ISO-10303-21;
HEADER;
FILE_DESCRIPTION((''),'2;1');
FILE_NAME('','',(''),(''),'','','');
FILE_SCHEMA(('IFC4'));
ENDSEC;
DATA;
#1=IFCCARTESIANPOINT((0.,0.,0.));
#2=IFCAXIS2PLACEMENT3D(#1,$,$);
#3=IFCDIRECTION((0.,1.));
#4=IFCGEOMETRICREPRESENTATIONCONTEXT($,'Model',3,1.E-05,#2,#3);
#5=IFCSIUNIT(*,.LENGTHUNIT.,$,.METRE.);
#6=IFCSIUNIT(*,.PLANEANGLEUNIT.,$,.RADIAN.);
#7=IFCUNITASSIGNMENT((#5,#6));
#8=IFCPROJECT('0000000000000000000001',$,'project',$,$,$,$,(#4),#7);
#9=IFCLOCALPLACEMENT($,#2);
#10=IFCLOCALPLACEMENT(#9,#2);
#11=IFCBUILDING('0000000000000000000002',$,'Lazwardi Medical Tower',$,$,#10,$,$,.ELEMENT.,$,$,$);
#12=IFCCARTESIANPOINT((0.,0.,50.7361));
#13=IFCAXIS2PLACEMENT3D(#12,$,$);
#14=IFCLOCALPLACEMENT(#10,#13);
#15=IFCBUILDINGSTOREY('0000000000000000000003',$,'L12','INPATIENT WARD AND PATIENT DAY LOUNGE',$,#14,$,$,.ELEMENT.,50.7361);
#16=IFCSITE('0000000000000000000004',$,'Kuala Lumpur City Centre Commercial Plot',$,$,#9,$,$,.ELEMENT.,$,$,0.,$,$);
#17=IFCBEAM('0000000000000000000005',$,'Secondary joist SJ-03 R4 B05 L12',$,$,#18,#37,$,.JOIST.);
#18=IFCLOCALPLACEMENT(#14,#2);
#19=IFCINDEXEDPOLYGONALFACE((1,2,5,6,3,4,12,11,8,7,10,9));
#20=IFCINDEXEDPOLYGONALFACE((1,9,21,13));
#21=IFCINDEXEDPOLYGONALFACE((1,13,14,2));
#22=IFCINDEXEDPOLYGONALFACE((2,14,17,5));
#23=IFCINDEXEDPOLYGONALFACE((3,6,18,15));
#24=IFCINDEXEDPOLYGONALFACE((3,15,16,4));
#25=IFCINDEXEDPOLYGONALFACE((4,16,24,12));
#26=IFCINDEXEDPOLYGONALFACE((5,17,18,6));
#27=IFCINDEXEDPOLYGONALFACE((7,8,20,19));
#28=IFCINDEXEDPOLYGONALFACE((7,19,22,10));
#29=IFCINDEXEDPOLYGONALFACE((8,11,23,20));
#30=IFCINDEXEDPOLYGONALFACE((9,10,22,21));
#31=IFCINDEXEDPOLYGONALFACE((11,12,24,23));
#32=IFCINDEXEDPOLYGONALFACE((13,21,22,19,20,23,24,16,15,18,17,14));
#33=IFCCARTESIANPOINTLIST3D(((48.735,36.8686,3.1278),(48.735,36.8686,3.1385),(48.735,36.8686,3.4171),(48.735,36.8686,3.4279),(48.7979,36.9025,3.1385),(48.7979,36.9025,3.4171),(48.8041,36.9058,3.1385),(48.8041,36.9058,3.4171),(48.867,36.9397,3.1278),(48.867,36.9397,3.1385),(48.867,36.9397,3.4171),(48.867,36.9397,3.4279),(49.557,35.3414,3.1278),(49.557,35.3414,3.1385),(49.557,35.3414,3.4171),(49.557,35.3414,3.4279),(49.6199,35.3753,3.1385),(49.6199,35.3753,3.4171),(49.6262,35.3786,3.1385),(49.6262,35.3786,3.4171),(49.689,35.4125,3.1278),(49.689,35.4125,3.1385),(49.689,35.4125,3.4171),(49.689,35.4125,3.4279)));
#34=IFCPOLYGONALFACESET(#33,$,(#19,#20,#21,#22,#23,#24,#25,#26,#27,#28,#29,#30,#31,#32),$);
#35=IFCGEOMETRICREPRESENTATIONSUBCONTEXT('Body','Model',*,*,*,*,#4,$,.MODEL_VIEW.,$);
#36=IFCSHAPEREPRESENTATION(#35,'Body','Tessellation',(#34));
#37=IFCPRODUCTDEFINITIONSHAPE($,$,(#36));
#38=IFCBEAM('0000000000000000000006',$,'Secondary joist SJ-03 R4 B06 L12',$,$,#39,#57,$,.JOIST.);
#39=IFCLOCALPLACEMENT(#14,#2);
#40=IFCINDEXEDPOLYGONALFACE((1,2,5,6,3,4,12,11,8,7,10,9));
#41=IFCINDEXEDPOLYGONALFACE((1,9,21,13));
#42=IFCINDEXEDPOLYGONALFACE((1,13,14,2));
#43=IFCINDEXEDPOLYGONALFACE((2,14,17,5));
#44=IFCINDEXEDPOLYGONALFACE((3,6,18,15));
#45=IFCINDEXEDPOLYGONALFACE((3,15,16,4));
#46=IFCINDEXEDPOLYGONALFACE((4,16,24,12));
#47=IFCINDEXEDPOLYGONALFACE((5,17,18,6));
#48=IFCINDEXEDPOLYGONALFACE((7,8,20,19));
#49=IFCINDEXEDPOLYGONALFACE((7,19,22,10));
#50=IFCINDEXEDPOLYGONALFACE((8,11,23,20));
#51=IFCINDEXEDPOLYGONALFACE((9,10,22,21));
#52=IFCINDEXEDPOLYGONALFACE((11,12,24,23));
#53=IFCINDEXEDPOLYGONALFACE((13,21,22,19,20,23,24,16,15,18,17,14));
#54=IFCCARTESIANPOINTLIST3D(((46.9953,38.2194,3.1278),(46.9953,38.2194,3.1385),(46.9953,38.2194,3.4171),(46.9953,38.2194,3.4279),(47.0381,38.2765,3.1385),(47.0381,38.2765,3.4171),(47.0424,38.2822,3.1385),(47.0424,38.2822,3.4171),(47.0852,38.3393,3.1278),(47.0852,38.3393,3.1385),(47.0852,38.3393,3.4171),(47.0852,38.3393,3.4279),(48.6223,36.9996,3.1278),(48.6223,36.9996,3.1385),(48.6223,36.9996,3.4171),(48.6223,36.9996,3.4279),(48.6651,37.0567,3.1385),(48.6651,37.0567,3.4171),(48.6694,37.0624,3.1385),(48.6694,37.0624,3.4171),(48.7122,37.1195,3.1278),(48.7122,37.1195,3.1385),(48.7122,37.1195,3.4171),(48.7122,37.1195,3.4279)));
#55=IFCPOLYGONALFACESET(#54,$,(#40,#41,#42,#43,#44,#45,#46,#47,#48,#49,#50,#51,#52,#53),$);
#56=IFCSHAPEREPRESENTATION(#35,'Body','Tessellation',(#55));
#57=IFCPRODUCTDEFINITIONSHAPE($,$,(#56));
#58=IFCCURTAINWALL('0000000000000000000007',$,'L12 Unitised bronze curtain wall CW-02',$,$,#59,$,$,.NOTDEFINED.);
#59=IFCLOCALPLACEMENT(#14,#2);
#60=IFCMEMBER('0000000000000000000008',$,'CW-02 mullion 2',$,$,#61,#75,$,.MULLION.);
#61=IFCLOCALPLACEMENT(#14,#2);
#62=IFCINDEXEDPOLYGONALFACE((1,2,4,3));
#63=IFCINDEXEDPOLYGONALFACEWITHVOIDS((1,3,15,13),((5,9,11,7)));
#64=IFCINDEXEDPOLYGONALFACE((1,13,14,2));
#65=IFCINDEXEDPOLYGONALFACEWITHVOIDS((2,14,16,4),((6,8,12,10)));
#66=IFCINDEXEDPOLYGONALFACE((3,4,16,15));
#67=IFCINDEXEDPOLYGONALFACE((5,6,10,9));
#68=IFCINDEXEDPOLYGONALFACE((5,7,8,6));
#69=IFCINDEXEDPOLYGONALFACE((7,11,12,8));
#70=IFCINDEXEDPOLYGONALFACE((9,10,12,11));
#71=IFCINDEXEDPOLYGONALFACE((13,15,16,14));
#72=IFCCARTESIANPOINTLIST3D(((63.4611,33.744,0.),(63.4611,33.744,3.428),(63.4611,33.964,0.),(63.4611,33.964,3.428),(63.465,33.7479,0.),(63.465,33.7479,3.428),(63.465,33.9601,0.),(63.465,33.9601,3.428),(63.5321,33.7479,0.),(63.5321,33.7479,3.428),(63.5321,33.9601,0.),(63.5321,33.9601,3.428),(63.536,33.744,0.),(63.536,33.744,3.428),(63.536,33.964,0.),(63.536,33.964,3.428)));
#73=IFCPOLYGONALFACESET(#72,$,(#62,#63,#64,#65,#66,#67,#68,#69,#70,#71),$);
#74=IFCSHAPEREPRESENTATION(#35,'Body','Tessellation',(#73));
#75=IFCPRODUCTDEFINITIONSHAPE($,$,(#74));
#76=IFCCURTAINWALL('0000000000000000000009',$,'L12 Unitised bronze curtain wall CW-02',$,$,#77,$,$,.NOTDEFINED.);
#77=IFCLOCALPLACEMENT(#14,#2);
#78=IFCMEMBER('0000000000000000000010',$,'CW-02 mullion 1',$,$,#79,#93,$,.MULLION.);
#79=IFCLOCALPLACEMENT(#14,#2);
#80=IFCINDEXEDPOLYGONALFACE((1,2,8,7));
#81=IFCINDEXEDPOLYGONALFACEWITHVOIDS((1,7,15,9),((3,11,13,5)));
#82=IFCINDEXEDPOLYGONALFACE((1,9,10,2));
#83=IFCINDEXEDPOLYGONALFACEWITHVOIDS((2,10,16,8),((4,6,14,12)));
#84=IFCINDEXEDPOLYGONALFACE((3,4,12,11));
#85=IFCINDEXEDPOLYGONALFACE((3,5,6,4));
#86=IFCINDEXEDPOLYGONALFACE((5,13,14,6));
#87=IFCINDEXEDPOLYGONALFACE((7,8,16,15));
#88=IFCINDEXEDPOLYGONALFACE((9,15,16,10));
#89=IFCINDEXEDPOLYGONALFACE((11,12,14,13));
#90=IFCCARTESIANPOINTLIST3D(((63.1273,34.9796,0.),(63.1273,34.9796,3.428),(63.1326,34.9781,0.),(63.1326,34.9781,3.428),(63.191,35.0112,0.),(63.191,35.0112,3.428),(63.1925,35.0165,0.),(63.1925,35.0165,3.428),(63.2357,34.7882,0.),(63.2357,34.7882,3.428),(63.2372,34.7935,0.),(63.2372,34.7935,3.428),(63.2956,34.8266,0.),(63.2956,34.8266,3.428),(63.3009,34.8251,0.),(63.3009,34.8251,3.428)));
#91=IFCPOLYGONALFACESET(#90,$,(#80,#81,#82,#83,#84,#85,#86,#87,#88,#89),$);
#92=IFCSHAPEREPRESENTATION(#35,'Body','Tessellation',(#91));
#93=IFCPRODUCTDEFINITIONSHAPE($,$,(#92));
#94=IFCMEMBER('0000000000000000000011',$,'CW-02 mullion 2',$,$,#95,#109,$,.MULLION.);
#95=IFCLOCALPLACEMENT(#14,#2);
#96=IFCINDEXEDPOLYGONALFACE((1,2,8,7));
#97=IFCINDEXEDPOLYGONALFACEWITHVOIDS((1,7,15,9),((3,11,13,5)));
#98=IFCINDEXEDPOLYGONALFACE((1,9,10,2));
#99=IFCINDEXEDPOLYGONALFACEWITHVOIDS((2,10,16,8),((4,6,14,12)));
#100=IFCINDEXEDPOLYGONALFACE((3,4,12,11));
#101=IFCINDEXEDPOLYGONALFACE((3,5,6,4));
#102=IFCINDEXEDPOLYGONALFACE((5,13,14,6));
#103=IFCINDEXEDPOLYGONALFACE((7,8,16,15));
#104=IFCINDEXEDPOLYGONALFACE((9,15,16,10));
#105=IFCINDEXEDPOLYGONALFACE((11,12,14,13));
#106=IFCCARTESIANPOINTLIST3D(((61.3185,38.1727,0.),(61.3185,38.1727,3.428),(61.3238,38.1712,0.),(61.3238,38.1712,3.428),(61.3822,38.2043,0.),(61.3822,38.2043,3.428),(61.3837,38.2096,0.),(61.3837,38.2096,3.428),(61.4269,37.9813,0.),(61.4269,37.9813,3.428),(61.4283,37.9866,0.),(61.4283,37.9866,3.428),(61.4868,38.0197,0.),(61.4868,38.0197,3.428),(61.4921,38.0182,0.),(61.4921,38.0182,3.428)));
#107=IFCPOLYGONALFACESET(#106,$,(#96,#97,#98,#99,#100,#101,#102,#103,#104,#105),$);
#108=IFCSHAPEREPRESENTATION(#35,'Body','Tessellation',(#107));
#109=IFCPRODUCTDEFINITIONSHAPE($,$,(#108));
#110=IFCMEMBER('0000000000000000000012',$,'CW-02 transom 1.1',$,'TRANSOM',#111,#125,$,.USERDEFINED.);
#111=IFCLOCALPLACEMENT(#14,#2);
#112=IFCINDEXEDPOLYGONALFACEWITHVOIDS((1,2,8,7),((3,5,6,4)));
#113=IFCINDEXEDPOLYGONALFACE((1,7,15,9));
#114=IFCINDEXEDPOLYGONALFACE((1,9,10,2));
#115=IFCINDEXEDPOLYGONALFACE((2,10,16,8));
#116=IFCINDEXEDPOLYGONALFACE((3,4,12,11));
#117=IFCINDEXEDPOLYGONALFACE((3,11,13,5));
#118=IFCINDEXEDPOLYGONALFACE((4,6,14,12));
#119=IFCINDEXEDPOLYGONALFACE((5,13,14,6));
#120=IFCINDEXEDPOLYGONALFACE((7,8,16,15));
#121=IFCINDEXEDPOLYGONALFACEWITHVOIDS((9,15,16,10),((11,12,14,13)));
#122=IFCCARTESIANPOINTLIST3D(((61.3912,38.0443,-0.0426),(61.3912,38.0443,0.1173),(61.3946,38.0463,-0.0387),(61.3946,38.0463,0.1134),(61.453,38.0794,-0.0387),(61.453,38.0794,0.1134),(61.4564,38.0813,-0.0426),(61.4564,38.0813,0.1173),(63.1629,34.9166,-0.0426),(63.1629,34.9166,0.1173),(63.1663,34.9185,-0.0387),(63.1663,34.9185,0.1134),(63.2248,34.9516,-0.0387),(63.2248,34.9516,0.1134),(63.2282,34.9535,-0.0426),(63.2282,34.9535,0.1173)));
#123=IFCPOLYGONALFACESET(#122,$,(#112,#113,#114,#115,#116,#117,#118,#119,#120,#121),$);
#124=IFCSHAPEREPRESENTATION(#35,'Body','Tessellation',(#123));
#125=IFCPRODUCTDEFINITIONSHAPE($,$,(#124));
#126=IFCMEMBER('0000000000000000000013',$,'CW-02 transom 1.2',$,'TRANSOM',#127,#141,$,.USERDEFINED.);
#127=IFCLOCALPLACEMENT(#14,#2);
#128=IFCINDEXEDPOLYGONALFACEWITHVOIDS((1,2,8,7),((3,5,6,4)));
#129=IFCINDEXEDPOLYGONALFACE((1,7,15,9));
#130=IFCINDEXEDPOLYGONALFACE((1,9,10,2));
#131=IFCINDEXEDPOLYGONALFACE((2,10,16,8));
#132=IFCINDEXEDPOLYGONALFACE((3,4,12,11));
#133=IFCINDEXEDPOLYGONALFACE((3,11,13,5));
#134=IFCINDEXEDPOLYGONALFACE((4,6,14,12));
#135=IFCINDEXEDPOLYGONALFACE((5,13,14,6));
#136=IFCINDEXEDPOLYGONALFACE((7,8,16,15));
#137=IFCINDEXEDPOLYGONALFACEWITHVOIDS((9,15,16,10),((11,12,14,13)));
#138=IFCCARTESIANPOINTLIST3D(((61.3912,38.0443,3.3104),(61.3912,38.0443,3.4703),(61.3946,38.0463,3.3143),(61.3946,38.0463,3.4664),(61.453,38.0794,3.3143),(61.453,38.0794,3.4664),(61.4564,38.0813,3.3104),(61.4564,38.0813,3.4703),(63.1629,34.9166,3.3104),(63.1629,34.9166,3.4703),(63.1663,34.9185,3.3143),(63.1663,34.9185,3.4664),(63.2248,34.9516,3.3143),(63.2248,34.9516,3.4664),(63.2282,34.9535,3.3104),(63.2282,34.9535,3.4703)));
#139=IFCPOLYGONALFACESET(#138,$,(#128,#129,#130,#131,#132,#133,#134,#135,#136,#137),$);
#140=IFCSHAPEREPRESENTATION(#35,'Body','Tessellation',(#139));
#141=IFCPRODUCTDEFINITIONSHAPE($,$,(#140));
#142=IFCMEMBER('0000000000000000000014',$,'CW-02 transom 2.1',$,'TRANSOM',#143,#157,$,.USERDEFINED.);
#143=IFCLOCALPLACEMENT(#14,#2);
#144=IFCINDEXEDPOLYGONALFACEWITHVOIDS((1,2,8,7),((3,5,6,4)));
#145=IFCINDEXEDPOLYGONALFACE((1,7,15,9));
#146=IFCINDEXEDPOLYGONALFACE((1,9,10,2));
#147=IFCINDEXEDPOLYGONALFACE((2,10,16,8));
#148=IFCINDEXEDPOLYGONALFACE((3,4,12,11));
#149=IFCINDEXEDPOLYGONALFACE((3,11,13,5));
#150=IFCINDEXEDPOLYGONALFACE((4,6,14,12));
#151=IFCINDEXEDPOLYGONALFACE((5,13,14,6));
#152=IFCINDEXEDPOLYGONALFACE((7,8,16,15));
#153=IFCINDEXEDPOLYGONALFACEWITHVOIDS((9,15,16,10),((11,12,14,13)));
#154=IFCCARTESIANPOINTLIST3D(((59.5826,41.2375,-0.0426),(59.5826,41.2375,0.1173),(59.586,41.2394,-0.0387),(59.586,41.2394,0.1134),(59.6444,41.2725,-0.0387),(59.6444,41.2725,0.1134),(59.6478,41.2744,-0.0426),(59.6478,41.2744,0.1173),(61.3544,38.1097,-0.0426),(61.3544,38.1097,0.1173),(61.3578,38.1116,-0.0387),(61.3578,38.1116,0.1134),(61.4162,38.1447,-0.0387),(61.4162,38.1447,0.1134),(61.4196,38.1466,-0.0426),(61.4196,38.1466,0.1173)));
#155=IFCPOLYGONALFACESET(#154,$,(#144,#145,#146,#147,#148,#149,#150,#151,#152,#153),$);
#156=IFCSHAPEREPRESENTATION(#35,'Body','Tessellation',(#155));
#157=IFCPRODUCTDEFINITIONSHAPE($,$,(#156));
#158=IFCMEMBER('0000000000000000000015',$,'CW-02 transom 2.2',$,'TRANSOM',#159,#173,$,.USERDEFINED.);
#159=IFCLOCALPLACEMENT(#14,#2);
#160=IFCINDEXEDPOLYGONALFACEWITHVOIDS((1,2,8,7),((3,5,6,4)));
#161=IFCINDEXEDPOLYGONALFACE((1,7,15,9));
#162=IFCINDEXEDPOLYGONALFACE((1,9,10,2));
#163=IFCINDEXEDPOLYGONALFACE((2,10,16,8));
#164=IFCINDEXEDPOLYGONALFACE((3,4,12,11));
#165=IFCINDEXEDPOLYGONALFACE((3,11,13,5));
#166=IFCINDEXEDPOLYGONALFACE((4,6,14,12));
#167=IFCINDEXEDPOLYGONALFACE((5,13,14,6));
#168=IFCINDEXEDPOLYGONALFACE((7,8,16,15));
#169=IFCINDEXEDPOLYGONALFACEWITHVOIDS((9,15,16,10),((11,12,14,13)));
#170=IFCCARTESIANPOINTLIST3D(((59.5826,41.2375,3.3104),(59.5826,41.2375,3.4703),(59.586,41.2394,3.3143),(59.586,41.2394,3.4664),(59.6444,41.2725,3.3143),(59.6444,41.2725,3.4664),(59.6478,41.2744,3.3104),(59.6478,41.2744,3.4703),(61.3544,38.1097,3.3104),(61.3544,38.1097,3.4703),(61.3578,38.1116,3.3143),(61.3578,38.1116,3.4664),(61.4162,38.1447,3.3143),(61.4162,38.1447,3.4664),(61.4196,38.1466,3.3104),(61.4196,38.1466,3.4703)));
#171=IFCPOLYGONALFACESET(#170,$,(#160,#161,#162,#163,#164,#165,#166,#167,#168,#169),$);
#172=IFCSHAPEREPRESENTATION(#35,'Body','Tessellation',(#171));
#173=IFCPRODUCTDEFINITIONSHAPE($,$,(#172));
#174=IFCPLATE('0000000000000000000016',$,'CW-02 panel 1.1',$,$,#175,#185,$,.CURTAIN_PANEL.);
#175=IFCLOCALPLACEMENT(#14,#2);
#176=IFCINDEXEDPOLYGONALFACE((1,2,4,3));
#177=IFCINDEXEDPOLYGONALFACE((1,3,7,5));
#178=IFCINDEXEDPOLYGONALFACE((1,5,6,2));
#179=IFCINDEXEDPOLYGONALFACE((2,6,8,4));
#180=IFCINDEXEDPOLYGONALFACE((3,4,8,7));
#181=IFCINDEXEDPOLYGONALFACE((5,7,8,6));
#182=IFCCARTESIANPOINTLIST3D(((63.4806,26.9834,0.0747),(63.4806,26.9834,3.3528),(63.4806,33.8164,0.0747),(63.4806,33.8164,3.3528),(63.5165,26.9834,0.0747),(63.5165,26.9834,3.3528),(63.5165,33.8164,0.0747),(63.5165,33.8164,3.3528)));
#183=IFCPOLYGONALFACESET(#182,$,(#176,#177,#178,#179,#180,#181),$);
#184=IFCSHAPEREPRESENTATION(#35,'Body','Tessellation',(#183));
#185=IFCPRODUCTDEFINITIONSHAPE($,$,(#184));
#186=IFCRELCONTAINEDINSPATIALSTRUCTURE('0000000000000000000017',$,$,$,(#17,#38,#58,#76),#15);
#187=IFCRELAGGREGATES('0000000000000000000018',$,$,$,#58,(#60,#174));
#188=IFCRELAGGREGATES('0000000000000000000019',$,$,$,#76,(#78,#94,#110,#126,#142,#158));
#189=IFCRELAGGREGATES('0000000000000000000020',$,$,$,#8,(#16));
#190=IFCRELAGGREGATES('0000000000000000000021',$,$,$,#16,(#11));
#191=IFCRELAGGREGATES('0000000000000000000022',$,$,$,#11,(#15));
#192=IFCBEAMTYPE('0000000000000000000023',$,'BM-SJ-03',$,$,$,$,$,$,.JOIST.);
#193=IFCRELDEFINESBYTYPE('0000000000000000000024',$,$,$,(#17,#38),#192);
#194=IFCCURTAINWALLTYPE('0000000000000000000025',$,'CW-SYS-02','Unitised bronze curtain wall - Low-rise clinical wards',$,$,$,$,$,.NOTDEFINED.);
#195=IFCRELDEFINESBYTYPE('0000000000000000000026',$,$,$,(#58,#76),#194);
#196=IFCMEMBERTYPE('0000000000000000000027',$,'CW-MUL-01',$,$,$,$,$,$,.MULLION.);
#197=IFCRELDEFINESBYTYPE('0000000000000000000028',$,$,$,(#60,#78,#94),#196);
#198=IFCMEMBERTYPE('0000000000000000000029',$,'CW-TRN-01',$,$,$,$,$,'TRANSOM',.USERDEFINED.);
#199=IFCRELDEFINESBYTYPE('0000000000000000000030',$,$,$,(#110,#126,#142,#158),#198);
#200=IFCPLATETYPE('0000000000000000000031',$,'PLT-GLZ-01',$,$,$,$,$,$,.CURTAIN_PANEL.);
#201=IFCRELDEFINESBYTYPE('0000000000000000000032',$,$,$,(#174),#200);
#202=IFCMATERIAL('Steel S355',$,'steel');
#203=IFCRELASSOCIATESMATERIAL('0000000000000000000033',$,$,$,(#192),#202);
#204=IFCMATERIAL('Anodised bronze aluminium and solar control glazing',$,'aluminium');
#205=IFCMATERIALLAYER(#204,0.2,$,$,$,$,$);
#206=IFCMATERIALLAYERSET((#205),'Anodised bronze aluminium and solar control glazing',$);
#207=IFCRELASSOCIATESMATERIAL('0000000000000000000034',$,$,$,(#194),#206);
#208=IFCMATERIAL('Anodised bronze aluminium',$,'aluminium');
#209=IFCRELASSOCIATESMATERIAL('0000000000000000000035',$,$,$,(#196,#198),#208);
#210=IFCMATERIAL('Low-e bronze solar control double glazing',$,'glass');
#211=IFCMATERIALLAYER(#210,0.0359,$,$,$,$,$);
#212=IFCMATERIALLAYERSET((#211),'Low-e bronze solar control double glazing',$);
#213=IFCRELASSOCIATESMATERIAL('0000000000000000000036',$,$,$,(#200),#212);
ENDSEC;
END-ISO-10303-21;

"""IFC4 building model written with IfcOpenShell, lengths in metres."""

from ifc_helpers import new_model, si_unit, direction, frame, origin, origin_2d, place, context, subcontext, project, spatial, rectangle, hollow_rectangle, i_section, extrude, material, layer, layer_set, material_profile, profile_set, type_object, element, aggregate, save


model = new_model("IFC4")

# Units and contexts
model_context = context("Model", 3, precision=1e-05, world=origin(), true_north=direction((0.0, 1.0)))
body_context = subcontext(model_context, "Body", "Model", "MODEL_VIEW")
ifc_project = project(units=[si_unit("LENGTHUNIT", "METRE"), si_unit("PLANEANGLEUNIT", "RADIAN")], contexts=[model_context])

# Site, building, storey
site_placement = place(None, origin())
site = spatial("IfcSite", under=ifc_project, at=site_placement, Name="Kuala Lumpur City Centre Commercial Plot", CompositionType="ELEMENT", RefElevation=0.0)
building_placement = place(site_placement, origin())
building = spatial("IfcBuilding", under=site, at=building_placement, Name="Lazwardi Medical Tower", CompositionType="ELEMENT")
storey_placement = place(building_placement, frame((0.0, 0.0, 50.7361)))
storey = spatial("IfcBuildingStorey", under=building, at=storey_placement, Name="L12", Description="INPATIENT WARD AND PATIENT DAY LOUNGE", CompositionType="ELEMENT", Elevation=50.7361)

# Beams
ifc_material_1 = material(Name="Steel S355", Category="steel")
ifc_material_profile_1 = material_profile(ifc_material_1, i_section(OverallWidth=0.1499, OverallDepth=0.3, WebThickness=0.0071, FlangeThickness=0.0107, at=origin_2d()), Name="IPE 300")
ifc_profile_set_1 = profile_set([ifc_material_profile_1], Name="Steel S355")
beam_type_1 = type_object("IfcBeamType", Name="BM-SJ-03", PredefinedType="JOIST", material=ifc_profile_set_1)
beam_1_placement = place(storey_placement, frame((49.623, 35.377, 3.2778), z_axis=(-0.473982, 0.880534, 0.0), x_axis=(-0.880534, -0.473982, 0.0)))
element("IfcBeam", 1, at=beam_1_placement, inside=storey, type_object=beam_type_1, Name="Secondary joist SJ-03 R4 B05 L12", PredefinedType="JOIST", context=body_context, shape_type="SweptSolid", body=[
    extrude(i_section(OverallWidth=0.1499, OverallDepth=0.3, WebThickness=0.0071, FlangeThickness=0.0107, at=origin_2d()), origin(), (0.0, 0.0, 1.0), 1.7344),
])
beam_2_placement = place(storey_placement, frame((48.6672, 37.0596, 3.2778), z_axis=(-0.800115, 0.599846, 0.0), x_axis=(-0.599846, -0.800115, 0.0)))
element("IfcBeam", 2, at=beam_2_placement, inside=storey, type_object=beam_type_1, Name="Secondary joist SJ-03 R4 B06 L12", PredefinedType="JOIST", context=body_context, shape_type="SweptSolid", body=[
    extrude(i_section(OverallWidth=0.1499, OverallDepth=0.3, WebThickness=0.0071, FlangeThickness=0.0107, at=origin_2d()), origin(), (0.0, 0.0, 1.0), 2.0334),
])

# Curtain wall, member
ifc_material_2 = material(Name="Anodised bronze aluminium and solar control glazing", Category="aluminium")
ifc_layer_1 = layer(ifc_material_2, 0.2)
ifc_layer_set_1 = layer_set([ifc_layer_1], Name="Anodised bronze aluminium and solar control glazing")
curtain_wall_type = type_object("IfcCurtainWallType", Name="CW-SYS-02", Description="Unitised bronze curtain wall - Low-rise clinical wards", PredefinedType="NOTDEFINED", material=ifc_layer_set_1)
curtain_wall_1_placement = place(storey_placement, origin())
curtain_wall_1 = element("IfcCurtainWall", 3, at=curtain_wall_1_placement, inside=storey, type_object=curtain_wall_type, Name="L12 Unitised bronze curtain wall CW-02", PredefinedType="NOTDEFINED")
ifc_material_3 = material(Name="Anodised bronze aluminium", Category="aluminium")
ifc_material_profile_2 = material_profile(ifc_material_3, hollow_rectangle(XDim=0.075, YDim=0.22, WallThickness=0.0039, at=origin_2d()), Name="ALU-MULLION 220x75x4")
ifc_profile_set_2 = profile_set([ifc_material_profile_2], Name="Anodised bronze aluminium")
member_type_1 = type_object("IfcMemberType", Name="CW-MUL-01", PredefinedType="MULLION", material=ifc_profile_set_2)
member_1_placement = place(storey_placement, frame((63.4985, 33.854, 0.0), z_axis=(0.0, 0.0, 1.0), x_axis=(-1.0, 0.0, 0.0)))
member_1 = element("IfcMember", 4, at=member_1_placement, type_object=member_type_1, Name="CW-02 mullion 2", PredefinedType="MULLION", context=body_context, shape_type="SweptSolid", body=[
    extrude(hollow_rectangle(XDim=0.075, YDim=0.22, WallThickness=0.0039, at=origin_2d()), origin(), (0.0, 0.0, 1.0), 3.428),
])

# Curtain wall, members
curtain_wall_2_placement = place(storey_placement, origin())
curtain_wall_2 = element("IfcCurtainWall", 5, at=curtain_wall_2_placement, inside=storey, type_object=curtain_wall_type, Name="L12 Unitised bronze curtain wall CW-02", PredefinedType="NOTDEFINED")
member_2_placement = place(storey_placement, frame((63.2141, 34.9023, 0.0), z_axis=(0.0, 0.0, 1.0), x_axis=(-0.870112, -0.492854, 0.0)))
member_2 = element("IfcMember", 6, at=member_2_placement, type_object=member_type_1, Name="CW-02 mullion 1", PredefinedType="MULLION", context=body_context, shape_type="SweptSolid", body=[
    extrude(hollow_rectangle(XDim=0.075, YDim=0.22, WallThickness=0.0039, at=origin_2d()), origin(), (0.0, 0.0, 1.0), 3.428),
])
member_3_placement = place(storey_placement, frame((61.4053, 38.0955, 0.0), z_axis=(0.0, 0.0, 1.0), x_axis=(-0.870112, -0.492854, 0.0)))
member_3 = element("IfcMember", 7, at=member_3_placement, type_object=member_type_1, Name="CW-02 mullion 2", PredefinedType="MULLION", context=body_context, shape_type="SweptSolid", body=[
    extrude(hollow_rectangle(XDim=0.075, YDim=0.22, WallThickness=0.0039, at=origin_2d()), origin(), (0.0, 0.0, 1.0), 3.428),
])
ifc_material_profile_3 = material_profile(ifc_material_3, hollow_rectangle(XDim=0.075, YDim=0.1599, WallThickness=0.0039, at=origin_2d()), Name="ALU-TRANSOM 160x75x4")
ifc_profile_set_3 = profile_set([ifc_material_profile_3], Name="Anodised bronze aluminium")
member_type_2 = type_object("IfcMemberType", Name="CW-TRN-01", ElementType="TRANSOM", PredefinedType="USERDEFINED", material=ifc_profile_set_3)
member_4_placement = place(storey_placement, frame((63.1956, 34.9351, 0.0374), z_axis=(-0.492881, 0.870097, 0.0), x_axis=(-0.870097, -0.492881, 0.0)))
member_4 = element("IfcMember", 8, at=member_4_placement, type_object=member_type_2, Name="CW-02 transom 1.1", ObjectType="TRANSOM", PredefinedType="USERDEFINED", context=body_context, shape_type="SweptSolid", body=[
    extrude(hollow_rectangle(XDim=0.075, YDim=0.1599, WallThickness=0.0039, at=origin_2d()), origin(), (0.0, 0.0, 1.0), 3.5947),
])
member_5_placement = place(storey_placement, frame((63.1956, 34.9351, 3.3904), z_axis=(-0.492881, 0.870097, 0.0), x_axis=(-0.870097, -0.492881, 0.0)))
member_5 = element("IfcMember", 9, at=member_5_placement, type_object=member_type_2, Name="CW-02 transom 1.2", ObjectType="TRANSOM", PredefinedType="USERDEFINED", context=body_context, shape_type="SweptSolid", body=[
    extrude(hollow_rectangle(XDim=0.075, YDim=0.1599, WallThickness=0.0039, at=origin_2d()), origin(), (0.0, 0.0, 1.0), 3.5947),
])
member_6_placement = place(storey_placement, frame((61.387, 38.1282, 0.0374), z_axis=(-0.492881, 0.870097, 0.0), x_axis=(-0.870097, -0.492881, 0.0)))
member_6 = element("IfcMember", 10, at=member_6_placement, type_object=member_type_2, Name="CW-02 transom 2.1", ObjectType="TRANSOM", PredefinedType="USERDEFINED", context=body_context, shape_type="SweptSolid", body=[
    extrude(hollow_rectangle(XDim=0.075, YDim=0.1599, WallThickness=0.0039, at=origin_2d()), origin(), (0.0, 0.0, 1.0), 3.5947),
])
member_7_placement = place(storey_placement, frame((61.387, 38.1282, 3.3904), z_axis=(-0.492881, 0.870097, 0.0), x_axis=(-0.870097, -0.492881, 0.0)))
member_7 = element("IfcMember", 11, at=member_7_placement, type_object=member_type_2, Name="CW-02 transom 2.2", ObjectType="TRANSOM", PredefinedType="USERDEFINED", context=body_context, shape_type="SweptSolid", body=[
    extrude(hollow_rectangle(XDim=0.075, YDim=0.1599, WallThickness=0.0039, at=origin_2d()), origin(), (0.0, 0.0, 1.0), 3.5947),
])

# Plate
ifc_material_4 = material(Name="Low-e bronze solar control double glazing", Category="glass")
ifc_layer_2 = layer(ifc_material_4, 0.0359)
ifc_layer_set_2 = layer_set([ifc_layer_2], Name="Low-e bronze solar control double glazing")
plate_type = type_object("IfcPlateType", Name="PLT-GLZ-01", PredefinedType="CURTAIN_PANEL", material=ifc_layer_set_2)
plate_1_placement = place(storey_placement, frame((63.4985, 30.3999, 0.0747), z_axis=(0.0, 0.0, 1.0), x_axis=(0.0, 1.0, 0.0)))
plate_1 = element("IfcPlate", 12, at=plate_1_placement, type_object=plate_type, Name="CW-02 panel 1.1", PredefinedType="CURTAIN_PANEL", context=body_context, shape_type="SweptSolid", body=[
    extrude(rectangle(XDim=6.833, YDim=0.0359, at=origin_2d()), origin(), (0.0, 0.0, 1.0), 3.2781),
])
aggregate(curtain_wall_1, [member_1, plate_1])
aggregate(curtain_wall_2, [member_2, member_3, member_4, member_5, member_6, member_7])

save(model, "model.ifc")
